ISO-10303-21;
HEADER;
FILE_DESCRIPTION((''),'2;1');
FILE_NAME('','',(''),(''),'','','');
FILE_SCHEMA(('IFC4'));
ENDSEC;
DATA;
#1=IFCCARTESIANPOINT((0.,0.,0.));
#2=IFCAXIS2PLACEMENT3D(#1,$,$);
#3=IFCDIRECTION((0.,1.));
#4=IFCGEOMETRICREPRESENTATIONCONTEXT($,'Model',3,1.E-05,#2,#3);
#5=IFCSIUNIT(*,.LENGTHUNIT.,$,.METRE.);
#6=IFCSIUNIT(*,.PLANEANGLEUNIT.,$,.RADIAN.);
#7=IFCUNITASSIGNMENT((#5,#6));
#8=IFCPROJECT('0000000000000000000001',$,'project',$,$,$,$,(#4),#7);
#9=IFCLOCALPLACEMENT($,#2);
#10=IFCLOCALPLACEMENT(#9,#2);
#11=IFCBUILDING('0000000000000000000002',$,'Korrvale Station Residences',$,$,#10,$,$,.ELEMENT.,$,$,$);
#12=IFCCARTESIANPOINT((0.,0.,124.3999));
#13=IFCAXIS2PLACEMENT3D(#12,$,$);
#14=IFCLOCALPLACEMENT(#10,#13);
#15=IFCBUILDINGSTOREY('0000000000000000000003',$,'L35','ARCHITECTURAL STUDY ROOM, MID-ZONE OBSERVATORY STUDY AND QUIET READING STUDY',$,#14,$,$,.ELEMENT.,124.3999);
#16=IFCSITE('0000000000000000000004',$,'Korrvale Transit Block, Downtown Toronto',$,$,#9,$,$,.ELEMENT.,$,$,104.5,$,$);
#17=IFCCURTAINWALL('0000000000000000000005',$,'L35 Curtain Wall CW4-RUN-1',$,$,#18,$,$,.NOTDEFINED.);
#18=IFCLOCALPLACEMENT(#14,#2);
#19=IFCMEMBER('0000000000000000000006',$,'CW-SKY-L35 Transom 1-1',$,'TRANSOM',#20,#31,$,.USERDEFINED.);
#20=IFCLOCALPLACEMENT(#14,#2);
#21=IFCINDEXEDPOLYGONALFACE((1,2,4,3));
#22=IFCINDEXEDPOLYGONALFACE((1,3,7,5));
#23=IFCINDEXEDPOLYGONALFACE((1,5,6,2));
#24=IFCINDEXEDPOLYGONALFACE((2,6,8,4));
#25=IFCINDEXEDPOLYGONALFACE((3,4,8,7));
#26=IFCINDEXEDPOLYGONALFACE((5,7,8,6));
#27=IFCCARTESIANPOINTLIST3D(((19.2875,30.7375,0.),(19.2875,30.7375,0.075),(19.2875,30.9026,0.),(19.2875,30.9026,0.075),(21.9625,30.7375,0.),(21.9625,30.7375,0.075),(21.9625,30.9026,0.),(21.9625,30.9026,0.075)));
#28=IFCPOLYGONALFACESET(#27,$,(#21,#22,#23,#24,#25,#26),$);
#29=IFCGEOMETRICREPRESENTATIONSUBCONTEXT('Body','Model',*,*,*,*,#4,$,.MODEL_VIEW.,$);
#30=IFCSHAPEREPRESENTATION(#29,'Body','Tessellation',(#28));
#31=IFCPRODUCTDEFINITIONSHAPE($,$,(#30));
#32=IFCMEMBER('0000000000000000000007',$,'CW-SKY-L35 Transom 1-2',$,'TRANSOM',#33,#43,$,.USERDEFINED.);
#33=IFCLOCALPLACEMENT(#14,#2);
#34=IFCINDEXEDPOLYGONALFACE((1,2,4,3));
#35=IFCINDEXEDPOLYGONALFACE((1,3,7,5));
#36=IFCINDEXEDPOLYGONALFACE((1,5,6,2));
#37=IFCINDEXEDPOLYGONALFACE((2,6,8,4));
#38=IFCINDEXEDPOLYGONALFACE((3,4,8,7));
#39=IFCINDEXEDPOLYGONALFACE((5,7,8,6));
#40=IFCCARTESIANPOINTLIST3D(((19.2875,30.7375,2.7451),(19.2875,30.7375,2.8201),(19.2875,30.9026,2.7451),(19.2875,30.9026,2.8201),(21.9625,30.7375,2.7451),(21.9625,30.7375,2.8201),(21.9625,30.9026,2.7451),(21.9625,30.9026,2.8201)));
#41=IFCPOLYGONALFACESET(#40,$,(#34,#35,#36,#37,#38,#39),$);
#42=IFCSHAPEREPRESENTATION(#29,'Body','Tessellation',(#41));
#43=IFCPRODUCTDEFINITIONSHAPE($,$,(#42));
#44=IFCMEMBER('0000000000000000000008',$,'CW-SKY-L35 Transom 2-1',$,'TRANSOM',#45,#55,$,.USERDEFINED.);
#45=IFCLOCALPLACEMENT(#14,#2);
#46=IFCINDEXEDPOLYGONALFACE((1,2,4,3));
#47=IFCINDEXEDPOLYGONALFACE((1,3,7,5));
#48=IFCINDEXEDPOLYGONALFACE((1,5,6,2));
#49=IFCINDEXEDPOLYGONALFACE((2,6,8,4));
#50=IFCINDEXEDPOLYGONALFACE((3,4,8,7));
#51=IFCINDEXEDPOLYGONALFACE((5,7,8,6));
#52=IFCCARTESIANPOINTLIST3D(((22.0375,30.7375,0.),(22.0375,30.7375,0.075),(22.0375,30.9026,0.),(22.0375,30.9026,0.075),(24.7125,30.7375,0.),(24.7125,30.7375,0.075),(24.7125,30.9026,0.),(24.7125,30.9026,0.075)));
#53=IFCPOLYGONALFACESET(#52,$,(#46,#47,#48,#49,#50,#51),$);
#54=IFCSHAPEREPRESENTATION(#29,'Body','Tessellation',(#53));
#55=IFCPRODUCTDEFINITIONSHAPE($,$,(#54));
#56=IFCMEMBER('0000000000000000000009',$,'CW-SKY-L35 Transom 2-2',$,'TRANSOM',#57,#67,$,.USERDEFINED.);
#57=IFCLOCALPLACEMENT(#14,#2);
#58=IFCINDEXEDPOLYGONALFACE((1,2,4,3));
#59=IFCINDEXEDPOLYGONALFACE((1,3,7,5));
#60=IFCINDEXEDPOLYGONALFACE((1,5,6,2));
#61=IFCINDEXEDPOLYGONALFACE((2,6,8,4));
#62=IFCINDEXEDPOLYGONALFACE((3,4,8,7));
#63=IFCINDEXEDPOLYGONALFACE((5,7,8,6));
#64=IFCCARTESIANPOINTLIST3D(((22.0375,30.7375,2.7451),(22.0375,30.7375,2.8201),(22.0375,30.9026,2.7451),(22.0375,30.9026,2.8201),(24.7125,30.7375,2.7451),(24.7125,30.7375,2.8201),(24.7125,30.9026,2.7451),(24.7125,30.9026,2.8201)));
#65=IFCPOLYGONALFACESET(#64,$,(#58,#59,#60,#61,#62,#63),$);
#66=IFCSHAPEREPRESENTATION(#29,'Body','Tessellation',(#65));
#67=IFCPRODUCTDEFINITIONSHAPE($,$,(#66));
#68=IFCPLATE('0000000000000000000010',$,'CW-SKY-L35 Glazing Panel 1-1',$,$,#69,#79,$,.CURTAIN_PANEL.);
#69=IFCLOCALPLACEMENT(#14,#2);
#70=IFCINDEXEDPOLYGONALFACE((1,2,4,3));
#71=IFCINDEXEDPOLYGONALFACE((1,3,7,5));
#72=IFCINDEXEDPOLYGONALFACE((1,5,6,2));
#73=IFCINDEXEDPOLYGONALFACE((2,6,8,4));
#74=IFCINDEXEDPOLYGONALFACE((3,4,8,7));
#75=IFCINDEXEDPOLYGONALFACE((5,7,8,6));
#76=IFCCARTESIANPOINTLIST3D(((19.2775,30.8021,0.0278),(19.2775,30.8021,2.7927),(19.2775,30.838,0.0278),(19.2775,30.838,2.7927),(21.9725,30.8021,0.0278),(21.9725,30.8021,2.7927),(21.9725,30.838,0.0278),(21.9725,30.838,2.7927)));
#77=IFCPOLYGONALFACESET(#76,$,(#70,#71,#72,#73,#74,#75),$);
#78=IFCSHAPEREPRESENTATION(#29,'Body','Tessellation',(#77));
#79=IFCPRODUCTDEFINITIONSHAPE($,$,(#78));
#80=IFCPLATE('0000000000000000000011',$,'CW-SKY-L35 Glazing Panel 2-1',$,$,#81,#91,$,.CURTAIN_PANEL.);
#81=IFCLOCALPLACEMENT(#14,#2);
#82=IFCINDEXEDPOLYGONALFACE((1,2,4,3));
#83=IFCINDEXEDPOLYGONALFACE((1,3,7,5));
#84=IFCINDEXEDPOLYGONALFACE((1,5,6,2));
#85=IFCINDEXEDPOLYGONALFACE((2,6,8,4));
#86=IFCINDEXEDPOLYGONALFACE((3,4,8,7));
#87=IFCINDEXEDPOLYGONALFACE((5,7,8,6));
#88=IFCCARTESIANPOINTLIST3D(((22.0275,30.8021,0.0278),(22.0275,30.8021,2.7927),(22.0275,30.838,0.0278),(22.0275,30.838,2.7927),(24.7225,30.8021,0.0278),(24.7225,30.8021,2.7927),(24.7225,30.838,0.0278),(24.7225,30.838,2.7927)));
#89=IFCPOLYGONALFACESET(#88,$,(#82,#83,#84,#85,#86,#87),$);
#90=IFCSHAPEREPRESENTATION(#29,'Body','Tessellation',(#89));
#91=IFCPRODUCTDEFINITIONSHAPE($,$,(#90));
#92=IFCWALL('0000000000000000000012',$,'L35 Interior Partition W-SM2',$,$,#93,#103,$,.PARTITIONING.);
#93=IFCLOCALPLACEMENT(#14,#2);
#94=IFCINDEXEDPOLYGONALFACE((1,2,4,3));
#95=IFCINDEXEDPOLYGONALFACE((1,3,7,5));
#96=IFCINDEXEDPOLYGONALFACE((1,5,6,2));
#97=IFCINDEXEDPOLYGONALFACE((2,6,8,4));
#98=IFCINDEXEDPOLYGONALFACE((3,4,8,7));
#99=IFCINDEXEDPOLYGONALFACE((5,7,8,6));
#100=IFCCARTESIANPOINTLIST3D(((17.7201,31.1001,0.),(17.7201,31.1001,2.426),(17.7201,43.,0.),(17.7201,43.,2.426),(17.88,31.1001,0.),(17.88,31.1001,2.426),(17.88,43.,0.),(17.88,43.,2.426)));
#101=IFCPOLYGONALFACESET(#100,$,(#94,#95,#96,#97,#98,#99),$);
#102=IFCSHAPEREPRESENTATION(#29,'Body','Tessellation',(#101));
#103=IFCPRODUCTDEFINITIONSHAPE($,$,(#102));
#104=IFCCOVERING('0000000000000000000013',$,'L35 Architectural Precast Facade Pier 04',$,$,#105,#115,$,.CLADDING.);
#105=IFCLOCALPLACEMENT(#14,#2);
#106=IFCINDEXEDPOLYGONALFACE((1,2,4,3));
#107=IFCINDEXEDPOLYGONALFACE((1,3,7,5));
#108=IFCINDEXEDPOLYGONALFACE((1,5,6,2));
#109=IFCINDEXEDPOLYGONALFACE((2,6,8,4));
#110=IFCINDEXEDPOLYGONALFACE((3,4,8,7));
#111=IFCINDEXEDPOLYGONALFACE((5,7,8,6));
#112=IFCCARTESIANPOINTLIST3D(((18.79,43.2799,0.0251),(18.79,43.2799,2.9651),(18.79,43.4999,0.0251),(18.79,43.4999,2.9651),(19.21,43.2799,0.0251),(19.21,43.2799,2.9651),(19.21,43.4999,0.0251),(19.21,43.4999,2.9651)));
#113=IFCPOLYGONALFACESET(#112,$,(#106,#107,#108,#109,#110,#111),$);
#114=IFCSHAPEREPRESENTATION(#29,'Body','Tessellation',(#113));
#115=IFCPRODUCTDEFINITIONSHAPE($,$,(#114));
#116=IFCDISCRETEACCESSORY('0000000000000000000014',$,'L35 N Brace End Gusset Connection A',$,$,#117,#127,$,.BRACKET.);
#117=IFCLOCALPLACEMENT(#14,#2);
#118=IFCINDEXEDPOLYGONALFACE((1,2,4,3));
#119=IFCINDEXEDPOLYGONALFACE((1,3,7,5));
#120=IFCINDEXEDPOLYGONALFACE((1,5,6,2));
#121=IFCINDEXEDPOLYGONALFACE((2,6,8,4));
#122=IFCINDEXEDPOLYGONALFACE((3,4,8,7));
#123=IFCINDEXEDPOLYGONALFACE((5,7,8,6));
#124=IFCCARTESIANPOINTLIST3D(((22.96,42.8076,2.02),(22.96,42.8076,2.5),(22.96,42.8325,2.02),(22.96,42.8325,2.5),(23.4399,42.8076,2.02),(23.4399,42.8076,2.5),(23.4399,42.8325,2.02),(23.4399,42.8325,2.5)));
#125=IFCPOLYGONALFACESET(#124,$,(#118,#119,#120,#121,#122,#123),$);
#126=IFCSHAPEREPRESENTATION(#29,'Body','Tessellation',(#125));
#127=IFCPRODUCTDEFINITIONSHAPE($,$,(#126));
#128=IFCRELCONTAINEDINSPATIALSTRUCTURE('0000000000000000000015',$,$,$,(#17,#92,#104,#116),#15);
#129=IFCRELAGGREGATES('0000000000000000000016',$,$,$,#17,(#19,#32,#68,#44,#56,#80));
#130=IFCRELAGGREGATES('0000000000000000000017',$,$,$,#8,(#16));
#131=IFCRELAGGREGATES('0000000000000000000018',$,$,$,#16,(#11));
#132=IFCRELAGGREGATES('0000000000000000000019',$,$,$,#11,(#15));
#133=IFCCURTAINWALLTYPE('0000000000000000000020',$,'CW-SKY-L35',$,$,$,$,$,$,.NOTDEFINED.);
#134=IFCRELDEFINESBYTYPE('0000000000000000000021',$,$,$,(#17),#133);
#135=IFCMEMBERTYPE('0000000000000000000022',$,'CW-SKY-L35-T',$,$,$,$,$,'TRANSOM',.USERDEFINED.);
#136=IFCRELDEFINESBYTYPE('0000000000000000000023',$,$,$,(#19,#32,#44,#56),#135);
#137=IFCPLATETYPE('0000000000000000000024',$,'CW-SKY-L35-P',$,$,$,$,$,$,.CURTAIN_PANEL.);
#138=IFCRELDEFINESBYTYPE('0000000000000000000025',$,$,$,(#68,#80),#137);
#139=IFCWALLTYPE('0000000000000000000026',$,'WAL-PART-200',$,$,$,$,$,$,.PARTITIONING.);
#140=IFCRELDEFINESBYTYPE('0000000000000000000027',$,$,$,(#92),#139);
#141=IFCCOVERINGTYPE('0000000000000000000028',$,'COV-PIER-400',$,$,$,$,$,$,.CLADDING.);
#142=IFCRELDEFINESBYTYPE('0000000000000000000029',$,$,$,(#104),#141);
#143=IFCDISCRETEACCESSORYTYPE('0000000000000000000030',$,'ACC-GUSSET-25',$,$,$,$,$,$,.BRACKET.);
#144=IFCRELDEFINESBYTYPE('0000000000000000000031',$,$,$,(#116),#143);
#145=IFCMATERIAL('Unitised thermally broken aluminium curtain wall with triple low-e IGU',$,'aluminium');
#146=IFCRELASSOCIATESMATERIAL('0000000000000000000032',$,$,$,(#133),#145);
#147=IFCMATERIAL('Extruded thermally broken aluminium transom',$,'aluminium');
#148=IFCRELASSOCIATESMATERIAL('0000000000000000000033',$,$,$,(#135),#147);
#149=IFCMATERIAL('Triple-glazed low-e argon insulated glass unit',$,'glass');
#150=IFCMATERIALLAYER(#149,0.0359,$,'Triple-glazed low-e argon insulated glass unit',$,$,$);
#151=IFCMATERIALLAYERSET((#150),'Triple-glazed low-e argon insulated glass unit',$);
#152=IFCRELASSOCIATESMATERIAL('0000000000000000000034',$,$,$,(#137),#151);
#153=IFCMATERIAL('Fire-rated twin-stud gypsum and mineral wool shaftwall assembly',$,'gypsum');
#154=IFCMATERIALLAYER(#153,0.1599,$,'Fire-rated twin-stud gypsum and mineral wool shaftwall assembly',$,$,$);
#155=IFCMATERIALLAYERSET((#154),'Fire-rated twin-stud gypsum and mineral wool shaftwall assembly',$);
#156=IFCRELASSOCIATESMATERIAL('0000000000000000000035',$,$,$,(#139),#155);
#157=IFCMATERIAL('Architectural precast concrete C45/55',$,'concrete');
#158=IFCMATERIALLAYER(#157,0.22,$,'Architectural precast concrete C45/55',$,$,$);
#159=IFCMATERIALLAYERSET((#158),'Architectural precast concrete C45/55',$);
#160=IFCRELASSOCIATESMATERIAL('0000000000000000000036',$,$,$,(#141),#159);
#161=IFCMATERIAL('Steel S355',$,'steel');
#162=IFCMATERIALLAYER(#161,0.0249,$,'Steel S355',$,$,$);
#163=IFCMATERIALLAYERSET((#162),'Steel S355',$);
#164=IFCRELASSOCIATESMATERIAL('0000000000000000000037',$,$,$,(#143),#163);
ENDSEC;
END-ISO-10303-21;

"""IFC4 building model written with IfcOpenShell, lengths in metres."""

from ifc_helpers import new_model, si_unit, direction, frame, frame_2d, origin, origin_2d, place, context, subcontext, project, spatial, rectangle, extrude, material, layer, layer_set, type_object, element, aggregate, save


model = new_model("IFC4")

# Units and contexts
model_context = context("Model", 3, precision=1e-05, world=origin(), true_north=direction((0.0, 1.0)))
body_context = subcontext(model_context, "Body", "Model", "MODEL_VIEW")
ifc_project = project(units=[si_unit("LENGTHUNIT", "METRE"), si_unit("PLANEANGLEUNIT", "RADIAN")], contexts=[model_context])

# Site, building, storey
site_placement = place(None, origin())
site = spatial("IfcSite", under=ifc_project, at=site_placement, Name="Korrvale Transit Block, Downtown Toronto", CompositionType="ELEMENT", RefElevation=104.5)
building_placement = place(site_placement, origin())
building = spatial("IfcBuilding", under=site, at=building_placement, Name="Korrvale Station Residences", CompositionType="ELEMENT")
storey_placement = place(building_placement, frame((0.0, 0.0, 124.3999)))
storey = spatial("IfcBuildingStorey", under=building, at=storey_placement, Name="L35", Description="ARCHITECTURAL STUDY ROOM, MID-ZONE OBSERVATORY STUDY AND QUIET READING STUDY", CompositionType="ELEMENT", Elevation=124.3999)

# Shared definitions
ifc_material_1 = material(Name="Steel S355", Category="steel")

# Curtain wall, members, plates
ifc_material_2 = material(Name="Unitised thermally broken aluminium curtain wall with triple low-e IGU", Category="aluminium")
curtain_wall_type = type_object("IfcCurtainWallType", Name="CW-SKY-L35", PredefinedType="NOTDEFINED", material=ifc_material_2)
curtain_wall_placement = place(storey_placement, origin())
curtain_wall = element("IfcCurtainWall", 1, at=curtain_wall_placement, inside=storey, type_object=curtain_wall_type, Name="L35 Curtain Wall CW4-RUN-1", PredefinedType="NOTDEFINED")
ifc_material_3 = material(Name="Extruded thermally broken aluminium transom", Category="aluminium")
member_type_1 = type_object("IfcMemberType", Name="CW-SKY-L35-T", ElementType="TRANSOM", PredefinedType="USERDEFINED", material=ifc_material_3)
member_1_placement = place(storey_placement, frame((20.625, 30.8201, 0.0), z_axis=(0.0, 0.0, 1.0), x_axis=(1.0, 0.0, 0.0)))
member_1 = element("IfcMember", 2, at=member_1_placement, type_object=member_type_1, Name="CW-SKY-L35 Transom 1-1", ObjectType="TRANSOM", PredefinedType="USERDEFINED", context=body_context, shape_type="SweptSolid", body=[
    extrude(rectangle(XDim=2.675, YDim=0.165, at=origin_2d()), origin(), (0.0, 0.0, 1.0), 0.075),
])
member_2_placement = place(storey_placement, frame((20.625, 30.8201, 2.7451), z_axis=(0.0, 0.0, 1.0), x_axis=(1.0, 0.0, 0.0)))
member_2 = element("IfcMember", 3, at=member_2_placement, type_object=member_type_1, Name="CW-SKY-L35 Transom 1-2", ObjectType="TRANSOM", PredefinedType="USERDEFINED", context=body_context, shape_type="SweptSolid", body=[
    extrude(rectangle(XDim=2.675, YDim=0.165, at=origin_2d()), origin(), (0.0, 0.0, 1.0), 0.075),
])
member_3_placement = place(storey_placement, frame((23.375, 30.8201, 0.0), z_axis=(0.0, 0.0, 1.0), x_axis=(1.0, 0.0, 0.0)))
member_3 = element("IfcMember", 4, at=member_3_placement, type_object=member_type_1, Name="CW-SKY-L35 Transom 2-1", ObjectType="TRANSOM", PredefinedType="USERDEFINED", context=body_context, shape_type="SweptSolid", body=[
    extrude(rectangle(XDim=2.675, YDim=0.165, at=origin_2d()), origin(), (0.0, 0.0, 1.0), 0.075),
])
member_4_placement = place(storey_placement, frame((23.375, 30.8201, 2.7451), z_axis=(0.0, 0.0, 1.0), x_axis=(1.0, 0.0, 0.0)))
member_4 = element("IfcMember", 5, at=member_4_placement, type_object=member_type_1, Name="CW-SKY-L35 Transom 2-2", ObjectType="TRANSOM", PredefinedType="USERDEFINED", context=body_context, shape_type="SweptSolid", body=[
    extrude(rectangle(XDim=2.675, YDim=0.165, at=origin_2d()), origin(), (0.0, 0.0, 1.0), 0.075),
])
ifc_material_4 = material(Name="Triple-glazed low-e argon insulated glass unit", Category="glass")
ifc_layer_1 = layer(ifc_material_4, 0.0359, Name="Triple-glazed low-e argon insulated glass unit")
ifc_layer_set_1 = layer_set([ifc_layer_1], Name="Triple-glazed low-e argon insulated glass unit")
plate_type = type_object("IfcPlateType", Name="CW-SKY-L35-P", PredefinedType="CURTAIN_PANEL", material=ifc_layer_set_1)
plate_1_placement = place(storey_placement, frame((20.625, 30.8201, 0.0278), z_axis=(0.0, 0.0, 1.0), x_axis=(1.0, 0.0, 0.0)))
plate_1 = element("IfcPlate", 6, at=plate_1_placement, type_object=plate_type, Name="CW-SKY-L35 Glazing Panel 1-1", PredefinedType="CURTAIN_PANEL", context=body_context, shape_type="SweptSolid", body=[
    extrude(rectangle(XDim=2.6951, YDim=0.0359, at=origin_2d()), origin(), (0.0, 0.0, 1.0), 2.7649),
])
plate_2_placement = place(storey_placement, frame((23.375, 30.8201, 0.0278), z_axis=(0.0, 0.0, 1.0), x_axis=(1.0, 0.0, 0.0)))
plate_2 = element("IfcPlate", 7, at=plate_2_placement, type_object=plate_type, Name="CW-SKY-L35 Glazing Panel 2-1", PredefinedType="CURTAIN_PANEL", context=body_context, shape_type="SweptSolid", body=[
    extrude(rectangle(XDim=2.6951, YDim=0.0359, at=origin_2d()), origin(), (0.0, 0.0, 1.0), 2.7649),
])
aggregate(curtain_wall, [member_1, member_2, plate_1, member_3, member_4, plate_2])

# Wall
ifc_material_5 = material(Name="Fire-rated twin-stud gypsum and mineral wool shaftwall assembly", Category="gypsum")
ifc_layer_2 = layer(ifc_material_5, 0.1599, Name="Fire-rated twin-stud gypsum and mineral wool shaftwall assembly")
ifc_layer_set_2 = layer_set([ifc_layer_2], Name="Fire-rated twin-stud gypsum and mineral wool shaftwall assembly")
wall_type = type_object("IfcWallType", Name="WAL-PART-200", PredefinedType="PARTITIONING", material=ifc_layer_set_2)
wall_placement = place(storey_placement, frame((17.8, 31.1001, 0.0), z_axis=(0.0, 0.0, 1.0), x_axis=(0.0, 1.0, 0.0)))
element("IfcWall", 8, at=wall_placement, inside=storey, type_object=wall_type, Name="L35 Interior Partition W-SM2", PredefinedType="PARTITIONING", context=body_context, shape_type="SweptSolid", body=[
    extrude(rectangle(XDim=11.8999, YDim=0.1599, at=frame_2d((5.95, 0.0))), origin(), (0.0, 0.0, 1.0), 2.426),
])

# Covering
ifc_material_6 = material(Name="Architectural precast concrete C45/55", Category="concrete")
ifc_layer_3 = layer(ifc_material_6, 0.22, Name="Architectural precast concrete C45/55")
ifc_layer_set_3 = layer_set([ifc_layer_3], Name="Architectural precast concrete C45/55")
covering_type = type_object("IfcCoveringType", Name="COV-PIER-400", PredefinedType="CLADDING", material=ifc_layer_set_3)
covering_placement = place(storey_placement, frame((19.0, 43.3899, 0.0251), z_axis=(0.0, 0.0, 1.0), x_axis=(1.0, 0.0, 0.0)))
element("IfcCovering", 9, at=covering_placement, inside=storey, type_object=covering_type, Name="L35 Architectural Precast Facade Pier 04", PredefinedType="CLADDING", context=body_context, shape_type="SweptSolid", body=[
    extrude(rectangle(XDim=0.4199, YDim=0.22, at=origin_2d()), origin(), (0.0, 0.0, 1.0), 2.9399),
])

# Discrete accessory
ifc_layer_4 = layer(ifc_material_1, 0.0249, Name="Steel S355")
ifc_layer_set_4 = layer_set([ifc_layer_4], Name="Steel S355")
discrete_accessory_type = type_object("IfcDiscreteAccessoryType", Name="ACC-GUSSET-25", PredefinedType="BRACKET", material=ifc_layer_set_4)
discrete_accessory_placement = place(storey_placement, frame((23.2, 42.8201, 2.02), z_axis=(0.0, 0.0, 1.0), x_axis=(1.0, 0.0, 0.0)))
element("IfcDiscreteAccessory", 10, at=discrete_accessory_placement, inside=storey, type_object=discrete_accessory_type, Name="L35 N Brace End Gusset Connection A", PredefinedType="BRACKET", context=body_context, shape_type="SweptSolid", body=[
    extrude(rectangle(XDim=0.48, YDim=0.0249, at=origin_2d()), origin(), (0.0, 0.0, 1.0), 0.48),
])

save(model, "model.ifc")
